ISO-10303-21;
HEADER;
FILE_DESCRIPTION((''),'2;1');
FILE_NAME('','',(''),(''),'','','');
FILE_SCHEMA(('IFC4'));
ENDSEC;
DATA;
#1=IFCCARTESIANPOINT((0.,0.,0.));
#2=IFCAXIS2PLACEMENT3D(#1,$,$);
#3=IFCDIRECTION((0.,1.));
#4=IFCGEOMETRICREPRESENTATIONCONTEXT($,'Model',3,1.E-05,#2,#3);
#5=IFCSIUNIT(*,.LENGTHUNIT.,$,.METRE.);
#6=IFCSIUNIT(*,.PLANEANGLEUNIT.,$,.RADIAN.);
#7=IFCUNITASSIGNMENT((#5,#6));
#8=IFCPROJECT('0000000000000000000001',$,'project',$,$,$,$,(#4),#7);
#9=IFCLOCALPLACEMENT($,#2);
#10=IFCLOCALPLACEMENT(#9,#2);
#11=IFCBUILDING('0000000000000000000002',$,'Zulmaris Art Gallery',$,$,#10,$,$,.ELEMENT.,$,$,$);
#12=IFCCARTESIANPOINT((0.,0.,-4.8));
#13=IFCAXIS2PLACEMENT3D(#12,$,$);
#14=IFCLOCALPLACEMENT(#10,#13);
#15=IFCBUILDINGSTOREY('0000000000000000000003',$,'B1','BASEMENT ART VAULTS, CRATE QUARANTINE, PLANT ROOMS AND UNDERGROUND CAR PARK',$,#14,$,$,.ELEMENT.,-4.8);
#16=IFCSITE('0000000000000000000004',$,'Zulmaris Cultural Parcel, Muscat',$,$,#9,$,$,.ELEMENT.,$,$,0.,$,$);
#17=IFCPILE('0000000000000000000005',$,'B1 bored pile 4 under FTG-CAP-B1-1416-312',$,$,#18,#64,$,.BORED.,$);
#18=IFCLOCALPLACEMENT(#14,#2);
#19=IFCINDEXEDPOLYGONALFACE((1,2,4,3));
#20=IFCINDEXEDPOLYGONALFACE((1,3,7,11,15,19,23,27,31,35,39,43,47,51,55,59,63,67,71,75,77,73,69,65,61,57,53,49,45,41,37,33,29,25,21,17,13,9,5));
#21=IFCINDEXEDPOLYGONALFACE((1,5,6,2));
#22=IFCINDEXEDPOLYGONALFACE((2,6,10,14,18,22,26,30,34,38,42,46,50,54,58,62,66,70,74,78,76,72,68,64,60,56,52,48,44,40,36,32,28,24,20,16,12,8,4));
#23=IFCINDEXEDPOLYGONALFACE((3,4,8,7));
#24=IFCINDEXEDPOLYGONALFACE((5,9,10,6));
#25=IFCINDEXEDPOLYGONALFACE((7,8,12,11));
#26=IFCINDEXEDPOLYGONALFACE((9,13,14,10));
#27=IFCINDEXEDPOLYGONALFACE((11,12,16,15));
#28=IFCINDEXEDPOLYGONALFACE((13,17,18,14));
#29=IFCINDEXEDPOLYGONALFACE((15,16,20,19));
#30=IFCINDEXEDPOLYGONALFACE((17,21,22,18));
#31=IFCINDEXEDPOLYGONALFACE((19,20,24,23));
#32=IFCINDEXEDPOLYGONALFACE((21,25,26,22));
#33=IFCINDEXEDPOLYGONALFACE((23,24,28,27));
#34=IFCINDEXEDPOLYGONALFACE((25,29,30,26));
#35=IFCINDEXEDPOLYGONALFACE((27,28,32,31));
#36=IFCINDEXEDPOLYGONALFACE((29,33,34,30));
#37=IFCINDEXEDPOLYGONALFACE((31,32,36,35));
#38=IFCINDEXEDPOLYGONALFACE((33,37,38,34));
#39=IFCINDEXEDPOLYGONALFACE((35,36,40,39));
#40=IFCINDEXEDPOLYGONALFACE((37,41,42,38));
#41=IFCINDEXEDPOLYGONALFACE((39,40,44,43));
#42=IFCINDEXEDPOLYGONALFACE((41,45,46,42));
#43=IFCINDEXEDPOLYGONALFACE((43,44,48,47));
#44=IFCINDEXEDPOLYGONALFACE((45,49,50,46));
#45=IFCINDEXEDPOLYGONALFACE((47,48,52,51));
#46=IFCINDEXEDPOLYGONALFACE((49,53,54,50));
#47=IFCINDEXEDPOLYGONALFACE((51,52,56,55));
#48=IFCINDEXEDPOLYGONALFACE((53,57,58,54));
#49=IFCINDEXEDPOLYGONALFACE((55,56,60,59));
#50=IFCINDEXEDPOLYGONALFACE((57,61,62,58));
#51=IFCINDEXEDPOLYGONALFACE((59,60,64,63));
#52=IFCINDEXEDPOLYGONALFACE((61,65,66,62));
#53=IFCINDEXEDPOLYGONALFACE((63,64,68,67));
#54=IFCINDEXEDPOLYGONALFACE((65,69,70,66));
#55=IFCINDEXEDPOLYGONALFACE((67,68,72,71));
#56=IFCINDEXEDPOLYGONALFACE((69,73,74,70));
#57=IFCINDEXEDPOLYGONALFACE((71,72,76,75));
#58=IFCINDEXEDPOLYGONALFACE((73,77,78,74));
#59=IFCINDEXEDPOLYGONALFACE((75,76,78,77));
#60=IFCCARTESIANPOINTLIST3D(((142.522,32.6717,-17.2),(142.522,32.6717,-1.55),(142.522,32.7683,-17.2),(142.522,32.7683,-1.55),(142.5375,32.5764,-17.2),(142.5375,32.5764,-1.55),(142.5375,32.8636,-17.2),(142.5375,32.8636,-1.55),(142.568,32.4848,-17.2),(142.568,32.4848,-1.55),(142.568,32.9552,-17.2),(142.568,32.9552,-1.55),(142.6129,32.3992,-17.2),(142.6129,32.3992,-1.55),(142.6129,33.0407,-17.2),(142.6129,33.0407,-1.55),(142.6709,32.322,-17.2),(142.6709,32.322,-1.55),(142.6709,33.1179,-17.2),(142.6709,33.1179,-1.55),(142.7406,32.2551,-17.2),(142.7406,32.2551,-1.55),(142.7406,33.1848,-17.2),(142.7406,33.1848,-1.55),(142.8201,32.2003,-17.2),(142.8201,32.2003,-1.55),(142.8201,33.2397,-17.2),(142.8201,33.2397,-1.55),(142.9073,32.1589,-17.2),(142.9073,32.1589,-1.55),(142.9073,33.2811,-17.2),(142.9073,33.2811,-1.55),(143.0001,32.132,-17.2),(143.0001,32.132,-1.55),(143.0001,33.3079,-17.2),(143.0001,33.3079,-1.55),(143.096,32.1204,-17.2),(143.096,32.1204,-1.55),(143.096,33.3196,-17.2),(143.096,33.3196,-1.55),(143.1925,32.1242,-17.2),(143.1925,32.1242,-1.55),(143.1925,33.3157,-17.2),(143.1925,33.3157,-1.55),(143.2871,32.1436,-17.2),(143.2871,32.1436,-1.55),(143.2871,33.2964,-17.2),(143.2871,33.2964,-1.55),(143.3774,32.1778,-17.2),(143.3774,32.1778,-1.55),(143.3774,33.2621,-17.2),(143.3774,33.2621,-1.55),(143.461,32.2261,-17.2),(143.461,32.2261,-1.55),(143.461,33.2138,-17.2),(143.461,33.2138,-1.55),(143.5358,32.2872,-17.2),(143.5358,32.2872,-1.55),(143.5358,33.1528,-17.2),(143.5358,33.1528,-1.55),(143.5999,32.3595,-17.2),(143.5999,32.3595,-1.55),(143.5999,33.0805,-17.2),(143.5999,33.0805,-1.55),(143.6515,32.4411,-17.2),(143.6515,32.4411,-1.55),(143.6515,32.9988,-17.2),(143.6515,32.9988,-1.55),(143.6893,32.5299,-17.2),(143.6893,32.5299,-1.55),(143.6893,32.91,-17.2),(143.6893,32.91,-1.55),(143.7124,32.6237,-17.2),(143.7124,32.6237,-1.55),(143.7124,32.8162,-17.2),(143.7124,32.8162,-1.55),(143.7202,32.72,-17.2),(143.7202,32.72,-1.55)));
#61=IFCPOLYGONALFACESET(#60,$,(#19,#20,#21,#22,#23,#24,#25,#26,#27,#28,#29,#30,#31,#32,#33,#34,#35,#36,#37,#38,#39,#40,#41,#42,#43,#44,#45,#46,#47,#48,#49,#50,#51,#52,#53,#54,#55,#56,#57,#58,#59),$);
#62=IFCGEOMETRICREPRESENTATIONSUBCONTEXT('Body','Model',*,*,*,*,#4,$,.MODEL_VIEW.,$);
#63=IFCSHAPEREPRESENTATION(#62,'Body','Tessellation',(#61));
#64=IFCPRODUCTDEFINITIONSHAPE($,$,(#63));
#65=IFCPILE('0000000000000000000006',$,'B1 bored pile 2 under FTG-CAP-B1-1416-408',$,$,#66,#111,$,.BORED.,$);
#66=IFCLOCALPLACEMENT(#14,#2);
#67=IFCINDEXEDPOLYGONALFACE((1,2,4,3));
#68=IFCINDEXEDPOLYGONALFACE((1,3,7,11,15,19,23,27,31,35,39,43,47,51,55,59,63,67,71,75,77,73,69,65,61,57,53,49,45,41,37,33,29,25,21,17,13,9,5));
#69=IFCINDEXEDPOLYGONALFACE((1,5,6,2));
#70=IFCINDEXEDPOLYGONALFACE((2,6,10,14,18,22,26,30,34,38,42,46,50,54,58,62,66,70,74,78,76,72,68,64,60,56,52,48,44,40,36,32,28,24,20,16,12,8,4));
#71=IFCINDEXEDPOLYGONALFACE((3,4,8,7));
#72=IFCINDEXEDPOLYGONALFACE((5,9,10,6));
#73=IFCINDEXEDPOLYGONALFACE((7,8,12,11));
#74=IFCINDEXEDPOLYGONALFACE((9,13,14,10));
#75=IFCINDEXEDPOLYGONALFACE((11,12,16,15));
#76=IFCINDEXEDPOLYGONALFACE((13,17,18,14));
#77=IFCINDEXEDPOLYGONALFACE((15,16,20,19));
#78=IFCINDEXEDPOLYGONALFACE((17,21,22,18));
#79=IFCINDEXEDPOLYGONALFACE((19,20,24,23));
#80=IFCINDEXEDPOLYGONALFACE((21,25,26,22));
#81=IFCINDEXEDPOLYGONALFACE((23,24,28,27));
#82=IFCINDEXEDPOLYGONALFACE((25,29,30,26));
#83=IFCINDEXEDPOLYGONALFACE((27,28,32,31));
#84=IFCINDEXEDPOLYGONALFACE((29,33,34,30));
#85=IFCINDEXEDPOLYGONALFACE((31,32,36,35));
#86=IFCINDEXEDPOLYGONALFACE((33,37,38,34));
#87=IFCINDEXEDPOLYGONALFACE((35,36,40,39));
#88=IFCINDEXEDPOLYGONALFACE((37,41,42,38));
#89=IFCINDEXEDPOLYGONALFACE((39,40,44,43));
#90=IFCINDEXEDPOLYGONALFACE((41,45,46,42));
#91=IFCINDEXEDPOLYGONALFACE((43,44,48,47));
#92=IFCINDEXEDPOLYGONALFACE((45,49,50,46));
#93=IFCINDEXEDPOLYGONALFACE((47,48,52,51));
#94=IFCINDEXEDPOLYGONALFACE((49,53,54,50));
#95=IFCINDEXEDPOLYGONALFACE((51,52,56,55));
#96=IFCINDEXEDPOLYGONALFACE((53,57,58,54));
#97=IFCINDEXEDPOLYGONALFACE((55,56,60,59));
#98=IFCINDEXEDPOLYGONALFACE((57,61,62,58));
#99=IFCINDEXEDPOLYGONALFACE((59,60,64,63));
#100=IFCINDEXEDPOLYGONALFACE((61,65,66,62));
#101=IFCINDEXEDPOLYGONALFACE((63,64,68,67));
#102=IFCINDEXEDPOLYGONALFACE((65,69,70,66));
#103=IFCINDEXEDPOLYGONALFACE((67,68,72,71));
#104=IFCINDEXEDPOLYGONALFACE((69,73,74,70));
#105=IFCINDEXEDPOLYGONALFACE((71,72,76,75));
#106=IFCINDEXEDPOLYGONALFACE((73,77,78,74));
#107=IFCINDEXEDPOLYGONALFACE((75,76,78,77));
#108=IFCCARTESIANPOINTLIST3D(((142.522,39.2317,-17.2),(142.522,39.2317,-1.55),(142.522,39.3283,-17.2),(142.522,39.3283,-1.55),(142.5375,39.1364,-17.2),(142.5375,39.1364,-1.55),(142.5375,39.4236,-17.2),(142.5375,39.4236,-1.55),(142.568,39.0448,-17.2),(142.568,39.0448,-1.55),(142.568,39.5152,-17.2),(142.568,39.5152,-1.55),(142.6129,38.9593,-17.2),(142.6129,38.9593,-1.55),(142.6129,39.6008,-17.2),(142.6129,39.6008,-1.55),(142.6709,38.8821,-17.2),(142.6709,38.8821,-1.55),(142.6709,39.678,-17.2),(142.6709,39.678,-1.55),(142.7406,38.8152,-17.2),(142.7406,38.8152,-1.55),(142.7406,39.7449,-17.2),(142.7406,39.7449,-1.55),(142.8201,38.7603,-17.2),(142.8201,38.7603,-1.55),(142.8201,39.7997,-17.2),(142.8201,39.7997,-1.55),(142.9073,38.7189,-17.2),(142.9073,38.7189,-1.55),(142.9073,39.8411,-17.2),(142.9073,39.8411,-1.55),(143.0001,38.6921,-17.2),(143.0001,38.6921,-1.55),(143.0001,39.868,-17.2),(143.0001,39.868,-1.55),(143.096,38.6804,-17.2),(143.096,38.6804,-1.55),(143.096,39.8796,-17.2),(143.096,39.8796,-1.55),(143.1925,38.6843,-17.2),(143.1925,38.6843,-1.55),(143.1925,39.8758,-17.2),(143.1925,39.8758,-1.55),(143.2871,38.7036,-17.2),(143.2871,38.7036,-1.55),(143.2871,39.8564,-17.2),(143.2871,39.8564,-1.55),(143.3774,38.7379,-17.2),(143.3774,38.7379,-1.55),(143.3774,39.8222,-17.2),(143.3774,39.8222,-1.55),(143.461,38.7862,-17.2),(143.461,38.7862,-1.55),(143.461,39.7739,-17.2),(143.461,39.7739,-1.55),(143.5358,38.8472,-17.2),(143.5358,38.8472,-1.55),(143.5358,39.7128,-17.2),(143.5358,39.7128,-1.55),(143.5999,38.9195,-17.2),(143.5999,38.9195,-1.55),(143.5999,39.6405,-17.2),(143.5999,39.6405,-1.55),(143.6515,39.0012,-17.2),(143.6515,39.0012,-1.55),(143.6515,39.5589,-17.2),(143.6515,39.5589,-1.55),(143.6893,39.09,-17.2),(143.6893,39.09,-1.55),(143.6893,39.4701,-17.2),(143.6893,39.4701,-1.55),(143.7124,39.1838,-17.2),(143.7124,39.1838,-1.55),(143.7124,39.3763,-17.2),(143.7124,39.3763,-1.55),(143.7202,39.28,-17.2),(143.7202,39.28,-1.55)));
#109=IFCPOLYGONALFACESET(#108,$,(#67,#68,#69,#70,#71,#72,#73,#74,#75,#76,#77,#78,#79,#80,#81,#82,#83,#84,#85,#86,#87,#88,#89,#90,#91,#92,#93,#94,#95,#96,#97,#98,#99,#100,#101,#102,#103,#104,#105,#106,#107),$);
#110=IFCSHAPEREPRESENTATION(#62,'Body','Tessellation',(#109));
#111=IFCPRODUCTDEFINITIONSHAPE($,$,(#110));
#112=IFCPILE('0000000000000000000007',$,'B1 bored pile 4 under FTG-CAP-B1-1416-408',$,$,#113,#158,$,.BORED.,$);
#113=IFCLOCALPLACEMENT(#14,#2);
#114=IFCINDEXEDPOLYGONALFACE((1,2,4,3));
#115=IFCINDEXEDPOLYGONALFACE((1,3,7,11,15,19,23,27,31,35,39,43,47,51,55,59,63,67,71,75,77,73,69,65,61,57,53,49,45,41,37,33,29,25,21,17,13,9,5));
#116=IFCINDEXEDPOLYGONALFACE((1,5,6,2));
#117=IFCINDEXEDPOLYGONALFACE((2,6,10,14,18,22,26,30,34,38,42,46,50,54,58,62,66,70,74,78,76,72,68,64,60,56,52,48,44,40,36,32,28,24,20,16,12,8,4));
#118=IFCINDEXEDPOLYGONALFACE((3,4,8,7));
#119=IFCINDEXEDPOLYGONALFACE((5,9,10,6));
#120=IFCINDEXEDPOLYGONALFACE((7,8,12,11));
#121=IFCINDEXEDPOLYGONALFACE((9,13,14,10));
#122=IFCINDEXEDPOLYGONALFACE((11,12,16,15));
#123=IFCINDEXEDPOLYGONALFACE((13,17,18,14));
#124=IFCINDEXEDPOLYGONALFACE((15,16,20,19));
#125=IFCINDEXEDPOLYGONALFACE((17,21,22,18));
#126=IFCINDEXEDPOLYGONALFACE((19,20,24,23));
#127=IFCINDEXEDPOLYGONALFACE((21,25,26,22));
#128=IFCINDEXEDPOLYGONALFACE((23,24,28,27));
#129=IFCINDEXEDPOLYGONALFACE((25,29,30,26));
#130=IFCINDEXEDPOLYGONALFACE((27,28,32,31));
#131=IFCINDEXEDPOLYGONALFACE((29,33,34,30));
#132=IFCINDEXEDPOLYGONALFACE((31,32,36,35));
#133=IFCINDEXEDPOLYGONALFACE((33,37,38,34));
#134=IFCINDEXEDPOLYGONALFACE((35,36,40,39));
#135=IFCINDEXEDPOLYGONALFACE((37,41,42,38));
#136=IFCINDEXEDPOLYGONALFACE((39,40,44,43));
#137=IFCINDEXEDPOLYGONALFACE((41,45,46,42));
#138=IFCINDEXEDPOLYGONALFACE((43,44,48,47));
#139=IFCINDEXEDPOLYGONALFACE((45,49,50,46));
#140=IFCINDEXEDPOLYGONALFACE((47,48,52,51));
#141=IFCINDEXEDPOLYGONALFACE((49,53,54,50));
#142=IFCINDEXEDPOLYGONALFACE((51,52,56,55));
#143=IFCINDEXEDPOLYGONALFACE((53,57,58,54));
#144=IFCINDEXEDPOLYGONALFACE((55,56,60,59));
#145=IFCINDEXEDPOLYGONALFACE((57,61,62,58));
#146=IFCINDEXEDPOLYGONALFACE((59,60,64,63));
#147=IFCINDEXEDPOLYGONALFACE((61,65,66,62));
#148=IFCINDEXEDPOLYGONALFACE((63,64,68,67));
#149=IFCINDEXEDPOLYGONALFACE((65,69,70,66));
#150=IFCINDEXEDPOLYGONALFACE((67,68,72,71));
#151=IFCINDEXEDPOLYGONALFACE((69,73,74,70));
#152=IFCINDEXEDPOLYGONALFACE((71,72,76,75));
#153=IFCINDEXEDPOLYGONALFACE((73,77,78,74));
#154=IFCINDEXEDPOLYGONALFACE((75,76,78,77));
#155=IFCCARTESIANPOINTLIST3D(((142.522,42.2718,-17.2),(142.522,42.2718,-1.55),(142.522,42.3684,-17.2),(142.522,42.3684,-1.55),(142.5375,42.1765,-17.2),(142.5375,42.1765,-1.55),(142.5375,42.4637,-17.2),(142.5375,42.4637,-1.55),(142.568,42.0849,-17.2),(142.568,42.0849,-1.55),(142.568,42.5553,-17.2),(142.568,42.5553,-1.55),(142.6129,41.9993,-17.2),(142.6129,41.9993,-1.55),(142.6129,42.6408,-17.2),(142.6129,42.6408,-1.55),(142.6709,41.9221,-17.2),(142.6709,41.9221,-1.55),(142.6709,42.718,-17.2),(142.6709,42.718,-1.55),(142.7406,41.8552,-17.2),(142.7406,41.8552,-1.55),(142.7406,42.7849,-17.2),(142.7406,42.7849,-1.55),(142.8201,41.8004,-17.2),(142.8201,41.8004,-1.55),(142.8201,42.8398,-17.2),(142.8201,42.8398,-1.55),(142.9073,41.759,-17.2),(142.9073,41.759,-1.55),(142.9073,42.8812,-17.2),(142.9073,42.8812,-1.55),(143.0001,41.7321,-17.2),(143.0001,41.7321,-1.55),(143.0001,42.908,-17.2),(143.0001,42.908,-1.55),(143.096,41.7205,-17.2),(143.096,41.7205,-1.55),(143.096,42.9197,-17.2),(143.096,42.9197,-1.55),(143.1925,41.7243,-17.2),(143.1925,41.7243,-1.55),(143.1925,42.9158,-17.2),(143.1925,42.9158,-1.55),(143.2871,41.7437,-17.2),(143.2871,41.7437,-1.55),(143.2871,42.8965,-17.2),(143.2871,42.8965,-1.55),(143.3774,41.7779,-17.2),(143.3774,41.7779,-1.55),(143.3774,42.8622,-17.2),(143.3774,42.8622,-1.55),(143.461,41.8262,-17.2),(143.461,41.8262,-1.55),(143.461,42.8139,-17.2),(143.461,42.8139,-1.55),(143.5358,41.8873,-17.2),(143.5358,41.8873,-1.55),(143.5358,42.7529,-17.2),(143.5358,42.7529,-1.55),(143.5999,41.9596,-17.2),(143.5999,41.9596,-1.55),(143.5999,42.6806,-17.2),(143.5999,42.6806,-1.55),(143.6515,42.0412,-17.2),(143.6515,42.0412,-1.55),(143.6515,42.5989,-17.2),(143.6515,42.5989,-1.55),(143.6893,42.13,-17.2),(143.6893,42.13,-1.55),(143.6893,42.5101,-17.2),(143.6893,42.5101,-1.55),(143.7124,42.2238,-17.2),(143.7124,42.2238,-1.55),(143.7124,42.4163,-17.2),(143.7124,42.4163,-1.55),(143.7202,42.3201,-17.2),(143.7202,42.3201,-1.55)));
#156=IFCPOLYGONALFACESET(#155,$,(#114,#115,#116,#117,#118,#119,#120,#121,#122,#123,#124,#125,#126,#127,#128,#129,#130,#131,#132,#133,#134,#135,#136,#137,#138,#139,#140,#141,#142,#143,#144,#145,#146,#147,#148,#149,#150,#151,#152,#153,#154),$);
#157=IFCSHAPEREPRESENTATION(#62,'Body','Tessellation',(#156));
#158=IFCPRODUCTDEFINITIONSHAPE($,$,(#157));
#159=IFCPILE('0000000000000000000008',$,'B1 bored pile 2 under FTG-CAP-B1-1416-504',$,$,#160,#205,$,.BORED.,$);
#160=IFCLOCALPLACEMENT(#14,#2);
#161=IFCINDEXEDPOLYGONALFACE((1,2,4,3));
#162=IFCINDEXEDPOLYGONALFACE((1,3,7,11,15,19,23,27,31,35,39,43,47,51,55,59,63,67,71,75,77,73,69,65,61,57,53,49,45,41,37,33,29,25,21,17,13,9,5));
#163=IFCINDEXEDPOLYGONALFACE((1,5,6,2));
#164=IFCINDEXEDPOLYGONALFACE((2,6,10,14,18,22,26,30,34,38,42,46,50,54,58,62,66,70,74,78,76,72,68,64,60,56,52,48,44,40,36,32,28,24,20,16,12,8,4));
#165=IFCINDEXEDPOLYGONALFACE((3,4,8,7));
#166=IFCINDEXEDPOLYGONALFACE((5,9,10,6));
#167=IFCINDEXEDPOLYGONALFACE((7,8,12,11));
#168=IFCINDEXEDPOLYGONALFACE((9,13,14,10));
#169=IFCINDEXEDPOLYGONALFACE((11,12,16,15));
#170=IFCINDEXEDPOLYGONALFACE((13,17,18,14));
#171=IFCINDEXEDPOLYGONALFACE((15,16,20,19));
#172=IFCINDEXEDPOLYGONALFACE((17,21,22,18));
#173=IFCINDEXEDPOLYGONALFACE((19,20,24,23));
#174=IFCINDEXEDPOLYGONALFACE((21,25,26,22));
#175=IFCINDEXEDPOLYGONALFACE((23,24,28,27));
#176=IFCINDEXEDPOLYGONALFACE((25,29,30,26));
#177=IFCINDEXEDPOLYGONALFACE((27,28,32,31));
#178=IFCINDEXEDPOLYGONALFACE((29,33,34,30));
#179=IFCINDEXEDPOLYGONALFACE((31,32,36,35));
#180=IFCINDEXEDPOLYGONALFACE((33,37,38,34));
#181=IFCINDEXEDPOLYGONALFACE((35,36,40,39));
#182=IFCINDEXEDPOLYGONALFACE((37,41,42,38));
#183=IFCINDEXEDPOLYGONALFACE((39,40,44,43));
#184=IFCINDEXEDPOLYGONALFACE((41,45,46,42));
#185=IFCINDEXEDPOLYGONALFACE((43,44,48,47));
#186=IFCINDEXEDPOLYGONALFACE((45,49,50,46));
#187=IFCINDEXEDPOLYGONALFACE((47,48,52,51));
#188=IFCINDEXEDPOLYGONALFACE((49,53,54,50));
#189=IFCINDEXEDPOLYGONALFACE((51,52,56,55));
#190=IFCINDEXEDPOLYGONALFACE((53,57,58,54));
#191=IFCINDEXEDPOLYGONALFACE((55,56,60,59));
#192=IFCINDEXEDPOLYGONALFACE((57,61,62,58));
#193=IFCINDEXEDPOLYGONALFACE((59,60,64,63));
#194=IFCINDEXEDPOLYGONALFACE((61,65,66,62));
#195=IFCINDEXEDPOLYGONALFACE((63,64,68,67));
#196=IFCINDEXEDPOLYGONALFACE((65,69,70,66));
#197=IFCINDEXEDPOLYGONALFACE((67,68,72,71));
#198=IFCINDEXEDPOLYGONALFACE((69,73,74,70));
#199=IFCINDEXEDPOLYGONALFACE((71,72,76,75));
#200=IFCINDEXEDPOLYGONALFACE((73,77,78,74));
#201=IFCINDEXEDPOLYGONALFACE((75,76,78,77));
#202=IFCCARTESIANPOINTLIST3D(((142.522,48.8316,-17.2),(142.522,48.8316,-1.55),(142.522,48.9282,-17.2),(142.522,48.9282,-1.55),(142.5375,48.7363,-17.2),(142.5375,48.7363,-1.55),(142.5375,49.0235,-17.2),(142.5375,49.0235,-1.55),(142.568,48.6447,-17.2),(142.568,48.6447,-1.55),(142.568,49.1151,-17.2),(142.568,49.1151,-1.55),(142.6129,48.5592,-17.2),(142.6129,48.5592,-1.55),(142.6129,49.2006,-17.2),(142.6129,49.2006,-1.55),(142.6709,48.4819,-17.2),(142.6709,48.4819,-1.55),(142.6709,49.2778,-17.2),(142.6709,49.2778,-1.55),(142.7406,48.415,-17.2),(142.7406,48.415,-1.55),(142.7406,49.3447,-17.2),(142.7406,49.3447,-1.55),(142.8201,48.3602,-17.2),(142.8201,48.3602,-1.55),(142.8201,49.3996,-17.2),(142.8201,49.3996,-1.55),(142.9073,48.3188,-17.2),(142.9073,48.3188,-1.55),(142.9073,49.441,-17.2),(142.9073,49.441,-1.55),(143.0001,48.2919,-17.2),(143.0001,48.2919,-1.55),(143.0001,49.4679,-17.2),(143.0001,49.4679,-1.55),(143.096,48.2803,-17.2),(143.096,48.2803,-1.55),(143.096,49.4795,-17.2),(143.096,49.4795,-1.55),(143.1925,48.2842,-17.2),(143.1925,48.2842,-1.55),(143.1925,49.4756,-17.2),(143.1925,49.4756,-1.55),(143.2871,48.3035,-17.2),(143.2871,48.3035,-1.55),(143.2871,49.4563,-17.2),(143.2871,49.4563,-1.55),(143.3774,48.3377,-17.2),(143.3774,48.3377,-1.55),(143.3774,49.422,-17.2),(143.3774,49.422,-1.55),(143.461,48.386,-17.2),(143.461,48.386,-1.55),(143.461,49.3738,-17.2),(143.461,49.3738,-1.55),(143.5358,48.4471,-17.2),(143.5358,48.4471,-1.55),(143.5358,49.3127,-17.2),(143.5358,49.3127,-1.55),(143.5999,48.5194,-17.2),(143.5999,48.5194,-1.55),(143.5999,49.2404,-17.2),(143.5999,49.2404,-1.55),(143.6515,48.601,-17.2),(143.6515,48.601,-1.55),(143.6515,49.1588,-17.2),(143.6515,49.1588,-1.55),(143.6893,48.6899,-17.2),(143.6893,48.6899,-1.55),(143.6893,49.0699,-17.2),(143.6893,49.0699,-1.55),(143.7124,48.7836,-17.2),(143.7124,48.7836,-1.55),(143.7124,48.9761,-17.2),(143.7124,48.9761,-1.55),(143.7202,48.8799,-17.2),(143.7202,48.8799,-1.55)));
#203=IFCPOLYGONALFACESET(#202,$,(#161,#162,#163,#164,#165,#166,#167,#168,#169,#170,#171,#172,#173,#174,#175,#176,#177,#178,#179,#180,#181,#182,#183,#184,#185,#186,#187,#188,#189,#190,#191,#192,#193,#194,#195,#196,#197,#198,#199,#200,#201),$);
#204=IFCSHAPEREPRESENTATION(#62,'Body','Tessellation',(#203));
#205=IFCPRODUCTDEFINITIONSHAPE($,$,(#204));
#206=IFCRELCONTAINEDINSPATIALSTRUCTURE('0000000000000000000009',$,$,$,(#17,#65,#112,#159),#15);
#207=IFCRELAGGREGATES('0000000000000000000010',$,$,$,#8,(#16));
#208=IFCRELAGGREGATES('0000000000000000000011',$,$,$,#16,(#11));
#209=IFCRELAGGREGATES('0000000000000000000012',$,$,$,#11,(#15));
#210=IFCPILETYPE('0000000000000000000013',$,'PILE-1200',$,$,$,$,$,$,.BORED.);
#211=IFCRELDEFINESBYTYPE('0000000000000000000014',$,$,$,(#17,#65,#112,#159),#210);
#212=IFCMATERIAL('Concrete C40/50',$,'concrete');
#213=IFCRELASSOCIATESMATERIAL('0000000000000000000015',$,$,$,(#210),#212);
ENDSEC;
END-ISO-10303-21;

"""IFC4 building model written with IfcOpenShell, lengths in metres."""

from ifc_helpers import new_model, si_unit, direction, frame, origin, origin_2d, place, context, subcontext, project, spatial, circle, extrude, material, material_profile, profile_set, type_object, element, save


model = new_model("IFC4")

# Units and contexts
model_context = context("Model", 3, precision=1e-05, world=origin(), true_north=direction((0.0, 1.0)))
body_context = subcontext(model_context, "Body", "Model", "MODEL_VIEW")
ifc_project = project(units=[si_unit("LENGTHUNIT", "METRE"), si_unit("PLANEANGLEUNIT", "RADIAN")], contexts=[model_context])

# Site, building, storey
site_placement = place(None, origin())
site = spatial("IfcSite", under=ifc_project, at=site_placement, Name="Zulmaris Cultural Parcel, Muscat", CompositionType="ELEMENT", RefElevation=0.0)
building_placement = place(site_placement, origin())
building = spatial("IfcBuilding", under=site, at=building_placement, Name="Zulmaris Art Gallery", CompositionType="ELEMENT")
storey_placement = place(building_placement, frame((0.0, 0.0, -4.8)))
storey = spatial("IfcBuildingStorey", under=building, at=storey_placement, Name="B1", Description="BASEMENT ART VAULTS, CRATE QUARANTINE, PLANT ROOMS AND UNDERGROUND CAR PARK", CompositionType="ELEMENT", Elevation=-4.8)

# Piles
ifc_material_1 = material(Name="Concrete C40/50", Category="concrete")
ifc_material_profile_1 = material_profile(ifc_material_1, circle(Radius=0.6001, at=origin_2d()), Name="PILE DIA 1200")
ifc_profile_set_1 = profile_set([ifc_material_profile_1], Name="Concrete C40/50")
pile_type_1 = type_object("IfcPileType", Name="PILE-1200", PredefinedType="BORED", material=ifc_profile_set_1)
for number, where, z_axis, x_axis, name in (
    (1, (143.1201, 32.72, -1.55), (0.0, 0.0, -1.0), (1.0, 0.0, 0.0), "B1 bored pile 4 under FTG-CAP-B1-1416-312"),
    (2, (143.1201, 39.28, -1.55), (0.0, 0.0, -1.0), (1.0, 0.0, 0.0), "B1 bored pile 2 under FTG-CAP-B1-1416-408"),
    (3, (143.1201, 42.3201, -1.55), (0.0, 0.0, -1.0), (1.0, 0.0, 0.0), "B1 bored pile 4 under FTG-CAP-B1-1416-408"),
    (4, (143.1201, 48.8799, -1.55), (0.0, 0.0, -1.0), (1.0, 0.0, 0.0), "B1 bored pile 2 under FTG-CAP-B1-1416-504"),
):
    element("IfcPile", number, at=place(storey_placement, frame(where, z_axis=z_axis, x_axis=x_axis)), inside=storey, type_object=pile_type_1, Name=name, PredefinedType="BORED", context=body_context, shape_type="SweptSolid", body=[
        extrude(circle(Radius=0.6001, at=origin_2d()), origin(), (0.0, 0.0, 1.0), 15.6499),
    ])

save(model, "model.ifc")
